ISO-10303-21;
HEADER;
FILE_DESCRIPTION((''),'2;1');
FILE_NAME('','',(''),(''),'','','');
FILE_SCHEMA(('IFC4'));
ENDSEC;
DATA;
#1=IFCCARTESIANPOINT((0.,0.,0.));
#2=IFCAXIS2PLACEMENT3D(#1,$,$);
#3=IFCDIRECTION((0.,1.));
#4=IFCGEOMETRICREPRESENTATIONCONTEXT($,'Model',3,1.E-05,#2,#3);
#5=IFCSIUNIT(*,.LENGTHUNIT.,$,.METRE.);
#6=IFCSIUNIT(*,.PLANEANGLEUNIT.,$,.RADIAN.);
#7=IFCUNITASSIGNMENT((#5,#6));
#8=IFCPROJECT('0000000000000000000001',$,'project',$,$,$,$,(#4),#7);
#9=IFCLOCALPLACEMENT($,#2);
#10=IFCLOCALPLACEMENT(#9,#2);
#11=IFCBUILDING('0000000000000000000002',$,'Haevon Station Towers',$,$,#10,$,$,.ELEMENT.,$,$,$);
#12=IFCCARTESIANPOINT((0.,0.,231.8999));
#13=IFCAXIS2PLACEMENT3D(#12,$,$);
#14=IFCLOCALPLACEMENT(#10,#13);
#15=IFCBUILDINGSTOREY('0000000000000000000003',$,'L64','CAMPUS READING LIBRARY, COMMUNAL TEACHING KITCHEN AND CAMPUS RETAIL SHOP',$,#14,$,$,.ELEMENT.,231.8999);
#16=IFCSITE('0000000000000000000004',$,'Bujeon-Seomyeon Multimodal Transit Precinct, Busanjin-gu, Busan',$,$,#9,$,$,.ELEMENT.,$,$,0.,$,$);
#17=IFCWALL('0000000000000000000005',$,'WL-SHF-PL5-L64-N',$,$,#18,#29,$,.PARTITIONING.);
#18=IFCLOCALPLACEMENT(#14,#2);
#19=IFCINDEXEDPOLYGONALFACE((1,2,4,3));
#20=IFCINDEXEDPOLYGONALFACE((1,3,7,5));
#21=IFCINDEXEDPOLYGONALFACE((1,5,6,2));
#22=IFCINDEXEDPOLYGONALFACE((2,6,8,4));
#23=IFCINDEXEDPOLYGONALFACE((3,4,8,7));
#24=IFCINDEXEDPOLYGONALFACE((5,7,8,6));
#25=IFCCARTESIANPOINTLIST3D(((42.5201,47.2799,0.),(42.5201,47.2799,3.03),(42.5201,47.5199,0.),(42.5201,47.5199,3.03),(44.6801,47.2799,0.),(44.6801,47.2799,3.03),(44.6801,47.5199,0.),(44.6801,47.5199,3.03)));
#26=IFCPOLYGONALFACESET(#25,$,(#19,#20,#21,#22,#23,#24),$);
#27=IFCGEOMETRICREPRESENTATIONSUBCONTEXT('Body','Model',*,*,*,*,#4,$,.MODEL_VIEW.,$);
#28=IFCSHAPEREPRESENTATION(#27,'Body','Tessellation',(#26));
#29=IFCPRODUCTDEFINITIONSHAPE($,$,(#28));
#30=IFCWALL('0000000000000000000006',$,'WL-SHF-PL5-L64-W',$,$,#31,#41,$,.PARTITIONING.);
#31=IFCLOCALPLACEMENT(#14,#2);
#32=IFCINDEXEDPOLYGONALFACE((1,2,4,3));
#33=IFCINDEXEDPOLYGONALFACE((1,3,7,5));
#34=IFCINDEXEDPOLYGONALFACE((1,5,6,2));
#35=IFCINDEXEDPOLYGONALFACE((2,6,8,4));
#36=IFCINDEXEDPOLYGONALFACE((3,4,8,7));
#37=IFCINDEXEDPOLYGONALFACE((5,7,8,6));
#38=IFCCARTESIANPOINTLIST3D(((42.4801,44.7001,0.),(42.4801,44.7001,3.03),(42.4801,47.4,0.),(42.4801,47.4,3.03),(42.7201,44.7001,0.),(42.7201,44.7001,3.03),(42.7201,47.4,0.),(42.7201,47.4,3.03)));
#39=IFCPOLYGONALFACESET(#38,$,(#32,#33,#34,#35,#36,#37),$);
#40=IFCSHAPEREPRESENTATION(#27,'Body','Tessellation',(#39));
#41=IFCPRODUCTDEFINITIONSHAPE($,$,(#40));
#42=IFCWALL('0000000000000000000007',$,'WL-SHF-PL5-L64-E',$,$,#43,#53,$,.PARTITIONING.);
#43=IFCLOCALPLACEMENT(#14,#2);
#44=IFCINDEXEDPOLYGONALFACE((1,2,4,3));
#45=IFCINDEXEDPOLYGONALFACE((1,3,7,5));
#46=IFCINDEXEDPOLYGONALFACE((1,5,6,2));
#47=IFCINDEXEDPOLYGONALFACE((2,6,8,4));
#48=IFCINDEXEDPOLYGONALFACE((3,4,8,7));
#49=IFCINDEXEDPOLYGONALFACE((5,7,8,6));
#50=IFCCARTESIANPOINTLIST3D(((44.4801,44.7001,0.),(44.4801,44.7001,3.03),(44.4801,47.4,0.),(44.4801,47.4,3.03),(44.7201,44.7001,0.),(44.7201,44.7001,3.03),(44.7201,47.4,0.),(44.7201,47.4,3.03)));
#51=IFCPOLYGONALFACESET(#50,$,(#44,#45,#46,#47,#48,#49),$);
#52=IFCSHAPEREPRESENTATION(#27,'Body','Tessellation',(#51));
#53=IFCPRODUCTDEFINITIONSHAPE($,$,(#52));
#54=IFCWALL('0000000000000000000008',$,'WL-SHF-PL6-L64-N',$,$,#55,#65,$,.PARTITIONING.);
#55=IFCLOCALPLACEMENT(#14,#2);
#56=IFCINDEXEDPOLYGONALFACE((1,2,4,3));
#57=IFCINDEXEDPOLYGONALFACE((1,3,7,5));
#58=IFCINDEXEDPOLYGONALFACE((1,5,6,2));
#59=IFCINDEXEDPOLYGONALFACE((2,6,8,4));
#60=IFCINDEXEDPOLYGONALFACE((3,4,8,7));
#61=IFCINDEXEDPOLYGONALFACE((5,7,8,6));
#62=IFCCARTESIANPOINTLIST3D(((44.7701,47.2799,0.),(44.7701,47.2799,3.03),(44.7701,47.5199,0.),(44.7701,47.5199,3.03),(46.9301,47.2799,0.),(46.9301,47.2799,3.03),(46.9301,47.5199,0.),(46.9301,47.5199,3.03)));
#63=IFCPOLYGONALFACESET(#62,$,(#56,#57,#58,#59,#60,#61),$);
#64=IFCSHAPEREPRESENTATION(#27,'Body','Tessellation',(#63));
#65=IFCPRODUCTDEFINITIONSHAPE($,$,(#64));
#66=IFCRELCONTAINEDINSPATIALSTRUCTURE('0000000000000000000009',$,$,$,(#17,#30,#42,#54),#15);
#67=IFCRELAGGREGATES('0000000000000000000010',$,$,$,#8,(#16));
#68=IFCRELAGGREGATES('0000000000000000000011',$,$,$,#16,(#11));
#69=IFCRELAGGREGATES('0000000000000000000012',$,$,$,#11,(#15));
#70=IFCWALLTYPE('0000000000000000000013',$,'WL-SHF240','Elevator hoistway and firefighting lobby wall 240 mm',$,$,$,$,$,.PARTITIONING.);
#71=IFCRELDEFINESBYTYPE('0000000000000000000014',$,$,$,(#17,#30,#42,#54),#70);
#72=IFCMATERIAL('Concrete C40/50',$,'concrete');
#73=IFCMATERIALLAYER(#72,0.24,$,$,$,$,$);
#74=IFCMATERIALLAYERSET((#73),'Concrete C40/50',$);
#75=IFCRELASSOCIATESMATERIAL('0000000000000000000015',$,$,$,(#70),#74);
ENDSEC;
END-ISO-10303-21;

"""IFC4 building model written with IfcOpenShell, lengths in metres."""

from ifc_helpers import new_model, si_unit, direction, frame, frame_2d, origin, place, context, subcontext, project, spatial, rectangle, extrude, material, layer, layer_set, type_object, element, save


model = new_model("IFC4")

# Units and contexts
model_context = context("Model", 3, precision=1e-05, world=origin(), true_north=direction((0.0, 1.0)))
body_context = subcontext(model_context, "Body", "Model", "MODEL_VIEW")
ifc_project = project(units=[si_unit("LENGTHUNIT", "METRE"), si_unit("PLANEANGLEUNIT", "RADIAN")], contexts=[model_context])

# Site, building, storey
site_placement = place(None, origin())
site = spatial("IfcSite", under=ifc_project, at=site_placement, Name="Bujeon-Seomyeon Multimodal Transit Precinct, Busanjin-gu, Busan", CompositionType="ELEMENT", RefElevation=0.0)
building_placement = place(site_placement, origin())
building = spatial("IfcBuilding", under=site, at=building_placement, Name="Haevon Station Towers", CompositionType="ELEMENT")
storey_placement = place(building_placement, frame((0.0, 0.0, 231.8999)))
storey = spatial("IfcBuildingStorey", under=building, at=storey_placement, Name="L64", Description="CAMPUS READING LIBRARY, COMMUNAL TEACHING KITCHEN AND CAMPUS RETAIL SHOP", CompositionType="ELEMENT", Elevation=231.8999)

# Shared definitions
ifc_material_1 = material(Name="Concrete C40/50", Category="concrete")
ifc_layer_1 = layer(ifc_material_1, 0.24)
ifc_layer_set_1 = layer_set([ifc_layer_1], Name="Concrete C40/50")
wall_type_1 = type_object("IfcWallType", Name="WL-SHF240", Description="Elevator hoistway and firefighting lobby wall 240 mm", PredefinedType="PARTITIONING", material=ifc_layer_set_1)

# Walls
wall_1_placement = place(storey_placement, frame((42.52, 47.3999, 0.0), z_axis=(0.0, 0.0, 1.0), x_axis=(1.0, 0.0, 0.0)))
element("IfcWall", 1, at=wall_1_placement, inside=storey, type_object=wall_type_1, Name="WL-SHF-PL5-L64-N", PredefinedType="PARTITIONING", context=body_context, shape_type="SweptSolid", body=[
    extrude(rectangle(XDim=2.1599, YDim=0.24, at=frame_2d((1.0801, 0.0))), origin(), (0.0, 0.0, 1.0), 3.03),
])
for number, where, z_axis, x_axis, name in (
    (2, (42.6001, 44.7, 0.0), (0.0, 0.0, 1.0), (0.0, 1.0, 0.0), "WL-SHF-PL5-L64-W"),
    (3, (44.6001, 44.7, 0.0), (0.0, 0.0, 1.0), (0.0, 1.0, 0.0), "WL-SHF-PL5-L64-E"),
):
    element("IfcWall", number, at=place(storey_placement, frame(where, z_axis=z_axis, x_axis=x_axis)), inside=storey, type_object=wall_type_1, Name=name, PredefinedType="PARTITIONING", context=body_context, shape_type="SweptSolid", body=[
        extrude(rectangle(XDim=2.7, YDim=0.24, at=frame_2d((1.3501, 0.0))), origin(), (0.0, 0.0, 1.0), 3.03),
    ])

# Wall
wall_2_placement = place(storey_placement, frame((44.77, 47.3999, 0.0), z_axis=(0.0, 0.0, 1.0), x_axis=(1.0, 0.0, 0.0)))
element("IfcWall", 4, at=wall_2_placement, inside=storey, type_object=wall_type_1, Name="WL-SHF-PL6-L64-N", PredefinedType="PARTITIONING", context=body_context, shape_type="SweptSolid", body=[
    extrude(rectangle(XDim=2.1599, YDim=0.24, at=frame_2d((1.0801, 0.0))), origin(), (0.0, 0.0, 1.0), 3.03),
])

save(model, "model.ifc")
